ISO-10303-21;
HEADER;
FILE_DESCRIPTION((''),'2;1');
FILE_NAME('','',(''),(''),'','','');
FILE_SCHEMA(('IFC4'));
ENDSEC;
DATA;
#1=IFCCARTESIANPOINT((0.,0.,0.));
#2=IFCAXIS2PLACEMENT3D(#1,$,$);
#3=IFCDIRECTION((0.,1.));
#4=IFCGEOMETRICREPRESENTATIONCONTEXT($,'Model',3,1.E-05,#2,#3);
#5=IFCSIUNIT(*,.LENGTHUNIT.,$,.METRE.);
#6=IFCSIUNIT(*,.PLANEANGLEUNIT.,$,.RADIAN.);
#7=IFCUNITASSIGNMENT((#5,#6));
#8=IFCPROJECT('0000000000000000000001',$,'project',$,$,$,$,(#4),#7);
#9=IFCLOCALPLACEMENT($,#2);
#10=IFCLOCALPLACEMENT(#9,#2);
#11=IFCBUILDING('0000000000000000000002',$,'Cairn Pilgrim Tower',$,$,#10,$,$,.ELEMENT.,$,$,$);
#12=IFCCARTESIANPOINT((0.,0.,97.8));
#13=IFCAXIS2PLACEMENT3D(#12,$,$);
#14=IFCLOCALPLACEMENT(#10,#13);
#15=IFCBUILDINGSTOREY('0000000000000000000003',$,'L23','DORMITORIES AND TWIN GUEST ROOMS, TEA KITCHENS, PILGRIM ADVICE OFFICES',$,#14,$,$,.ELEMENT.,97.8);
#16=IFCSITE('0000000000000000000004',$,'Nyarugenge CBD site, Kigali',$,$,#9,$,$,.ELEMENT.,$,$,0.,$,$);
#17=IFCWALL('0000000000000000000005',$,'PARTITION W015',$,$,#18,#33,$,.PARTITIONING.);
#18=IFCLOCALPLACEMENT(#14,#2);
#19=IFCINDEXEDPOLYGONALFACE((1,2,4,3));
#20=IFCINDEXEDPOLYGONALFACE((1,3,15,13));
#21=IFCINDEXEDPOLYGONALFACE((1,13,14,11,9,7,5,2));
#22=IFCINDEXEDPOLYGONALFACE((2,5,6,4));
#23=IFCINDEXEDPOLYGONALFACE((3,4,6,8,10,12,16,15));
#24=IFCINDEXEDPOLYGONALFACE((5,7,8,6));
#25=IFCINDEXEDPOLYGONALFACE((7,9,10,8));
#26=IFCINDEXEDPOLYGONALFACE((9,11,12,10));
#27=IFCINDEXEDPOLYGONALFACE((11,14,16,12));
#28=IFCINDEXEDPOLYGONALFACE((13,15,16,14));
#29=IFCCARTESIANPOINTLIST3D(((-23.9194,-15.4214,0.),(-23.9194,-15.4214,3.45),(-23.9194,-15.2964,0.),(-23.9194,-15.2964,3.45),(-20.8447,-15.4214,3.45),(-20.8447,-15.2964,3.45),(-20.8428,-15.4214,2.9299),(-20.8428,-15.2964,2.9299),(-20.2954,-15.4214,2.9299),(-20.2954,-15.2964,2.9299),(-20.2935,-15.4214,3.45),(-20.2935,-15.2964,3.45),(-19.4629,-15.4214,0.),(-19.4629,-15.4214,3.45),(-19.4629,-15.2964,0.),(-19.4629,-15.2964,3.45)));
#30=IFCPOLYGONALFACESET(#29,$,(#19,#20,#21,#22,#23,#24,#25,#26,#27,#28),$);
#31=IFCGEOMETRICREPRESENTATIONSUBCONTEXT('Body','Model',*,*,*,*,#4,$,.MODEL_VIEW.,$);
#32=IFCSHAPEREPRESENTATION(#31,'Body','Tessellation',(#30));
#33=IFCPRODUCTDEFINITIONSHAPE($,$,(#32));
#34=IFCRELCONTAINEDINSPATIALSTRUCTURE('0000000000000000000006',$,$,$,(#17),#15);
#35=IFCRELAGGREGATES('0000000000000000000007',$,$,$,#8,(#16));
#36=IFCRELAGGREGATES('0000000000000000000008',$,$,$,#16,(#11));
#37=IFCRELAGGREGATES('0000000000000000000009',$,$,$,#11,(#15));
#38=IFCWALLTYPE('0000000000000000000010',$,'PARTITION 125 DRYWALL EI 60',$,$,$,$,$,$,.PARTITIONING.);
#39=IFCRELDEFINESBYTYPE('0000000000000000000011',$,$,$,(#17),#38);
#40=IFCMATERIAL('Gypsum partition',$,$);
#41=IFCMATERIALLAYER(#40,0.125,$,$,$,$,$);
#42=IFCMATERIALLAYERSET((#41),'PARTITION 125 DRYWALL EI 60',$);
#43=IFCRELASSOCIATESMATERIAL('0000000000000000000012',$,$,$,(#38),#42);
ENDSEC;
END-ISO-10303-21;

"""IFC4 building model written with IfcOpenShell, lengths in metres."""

from ifc_helpers import new_model, si_unit, direction, frame, origin, place, context, subcontext, project, spatial, polyline, outline, extrude, material, layer, layer_set, type_object, element, save


model = new_model("IFC4")

# Units and contexts
model_context = context("Model", 3, precision=1e-05, world=origin(), true_north=direction((0.0, 1.0)))
body_context = subcontext(model_context, "Body", "Model", "MODEL_VIEW")
ifc_project = project(units=[si_unit("LENGTHUNIT", "METRE"), si_unit("PLANEANGLEUNIT", "RADIAN")], contexts=[model_context])

# Site, building, storey
site_placement = place(None, origin())
site = spatial("IfcSite", under=ifc_project, at=site_placement, Name="Nyarugenge CBD site, Kigali", CompositionType="ELEMENT", RefElevation=0.0)
building_placement = place(site_placement, origin())
building = spatial("IfcBuilding", under=site, at=building_placement, Name="Cairn Pilgrim Tower", CompositionType="ELEMENT")
storey_placement = place(building_placement, frame((0.0, 0.0, 97.8)))
storey = spatial("IfcBuildingStorey", under=building, at=storey_placement, Name="L23", Description="DORMITORIES AND TWIN GUEST ROOMS, TEA KITCHENS, PILGRIM ADVICE OFFICES", CompositionType="ELEMENT", Elevation=97.8)

# Wall
ifc_material_1 = material(Name="Gypsum partition")
ifc_layer_1 = layer(ifc_material_1, 0.125)
ifc_layer_set_1 = layer_set([ifc_layer_1], Name="PARTITION 125 DRYWALL EI 60")
wall_type = type_object("IfcWallType", Name="PARTITION 125 DRYWALL EI 60", PredefinedType="PARTITIONING", material=ifc_layer_set_1)
wall_1_placement = place(storey_placement, frame((-23.9194, -15.3589, 0.0), z_axis=(0.0, 0.0, 1.0), x_axis=(1.0, 0.0, 0.0)))
element("IfcWall", 1, at=wall_1_placement, inside=storey, type_object=wall_type, Name="PARTITION W015", PredefinedType="PARTITIONING", context=body_context, shape_type="SweptSolid", body=[
    extrude(outline(polyline([(0.0, 0.0), (4.4565, 0.0), (4.4565, 3.45), (3.626, 3.45), (3.624, 2.9299), (3.0767, 2.9299), (3.0747, 3.45), (0.0, 3.45), (0.0, 0.0)])), frame((0.0, 0.0625, 0.0), z_axis=(0.0, -1.0, 0.0), x_axis=(1.0, 0.0, 0.0)), (0.0, 0.0, 1.0), 0.125),
])

save(model, "model.ifc")
